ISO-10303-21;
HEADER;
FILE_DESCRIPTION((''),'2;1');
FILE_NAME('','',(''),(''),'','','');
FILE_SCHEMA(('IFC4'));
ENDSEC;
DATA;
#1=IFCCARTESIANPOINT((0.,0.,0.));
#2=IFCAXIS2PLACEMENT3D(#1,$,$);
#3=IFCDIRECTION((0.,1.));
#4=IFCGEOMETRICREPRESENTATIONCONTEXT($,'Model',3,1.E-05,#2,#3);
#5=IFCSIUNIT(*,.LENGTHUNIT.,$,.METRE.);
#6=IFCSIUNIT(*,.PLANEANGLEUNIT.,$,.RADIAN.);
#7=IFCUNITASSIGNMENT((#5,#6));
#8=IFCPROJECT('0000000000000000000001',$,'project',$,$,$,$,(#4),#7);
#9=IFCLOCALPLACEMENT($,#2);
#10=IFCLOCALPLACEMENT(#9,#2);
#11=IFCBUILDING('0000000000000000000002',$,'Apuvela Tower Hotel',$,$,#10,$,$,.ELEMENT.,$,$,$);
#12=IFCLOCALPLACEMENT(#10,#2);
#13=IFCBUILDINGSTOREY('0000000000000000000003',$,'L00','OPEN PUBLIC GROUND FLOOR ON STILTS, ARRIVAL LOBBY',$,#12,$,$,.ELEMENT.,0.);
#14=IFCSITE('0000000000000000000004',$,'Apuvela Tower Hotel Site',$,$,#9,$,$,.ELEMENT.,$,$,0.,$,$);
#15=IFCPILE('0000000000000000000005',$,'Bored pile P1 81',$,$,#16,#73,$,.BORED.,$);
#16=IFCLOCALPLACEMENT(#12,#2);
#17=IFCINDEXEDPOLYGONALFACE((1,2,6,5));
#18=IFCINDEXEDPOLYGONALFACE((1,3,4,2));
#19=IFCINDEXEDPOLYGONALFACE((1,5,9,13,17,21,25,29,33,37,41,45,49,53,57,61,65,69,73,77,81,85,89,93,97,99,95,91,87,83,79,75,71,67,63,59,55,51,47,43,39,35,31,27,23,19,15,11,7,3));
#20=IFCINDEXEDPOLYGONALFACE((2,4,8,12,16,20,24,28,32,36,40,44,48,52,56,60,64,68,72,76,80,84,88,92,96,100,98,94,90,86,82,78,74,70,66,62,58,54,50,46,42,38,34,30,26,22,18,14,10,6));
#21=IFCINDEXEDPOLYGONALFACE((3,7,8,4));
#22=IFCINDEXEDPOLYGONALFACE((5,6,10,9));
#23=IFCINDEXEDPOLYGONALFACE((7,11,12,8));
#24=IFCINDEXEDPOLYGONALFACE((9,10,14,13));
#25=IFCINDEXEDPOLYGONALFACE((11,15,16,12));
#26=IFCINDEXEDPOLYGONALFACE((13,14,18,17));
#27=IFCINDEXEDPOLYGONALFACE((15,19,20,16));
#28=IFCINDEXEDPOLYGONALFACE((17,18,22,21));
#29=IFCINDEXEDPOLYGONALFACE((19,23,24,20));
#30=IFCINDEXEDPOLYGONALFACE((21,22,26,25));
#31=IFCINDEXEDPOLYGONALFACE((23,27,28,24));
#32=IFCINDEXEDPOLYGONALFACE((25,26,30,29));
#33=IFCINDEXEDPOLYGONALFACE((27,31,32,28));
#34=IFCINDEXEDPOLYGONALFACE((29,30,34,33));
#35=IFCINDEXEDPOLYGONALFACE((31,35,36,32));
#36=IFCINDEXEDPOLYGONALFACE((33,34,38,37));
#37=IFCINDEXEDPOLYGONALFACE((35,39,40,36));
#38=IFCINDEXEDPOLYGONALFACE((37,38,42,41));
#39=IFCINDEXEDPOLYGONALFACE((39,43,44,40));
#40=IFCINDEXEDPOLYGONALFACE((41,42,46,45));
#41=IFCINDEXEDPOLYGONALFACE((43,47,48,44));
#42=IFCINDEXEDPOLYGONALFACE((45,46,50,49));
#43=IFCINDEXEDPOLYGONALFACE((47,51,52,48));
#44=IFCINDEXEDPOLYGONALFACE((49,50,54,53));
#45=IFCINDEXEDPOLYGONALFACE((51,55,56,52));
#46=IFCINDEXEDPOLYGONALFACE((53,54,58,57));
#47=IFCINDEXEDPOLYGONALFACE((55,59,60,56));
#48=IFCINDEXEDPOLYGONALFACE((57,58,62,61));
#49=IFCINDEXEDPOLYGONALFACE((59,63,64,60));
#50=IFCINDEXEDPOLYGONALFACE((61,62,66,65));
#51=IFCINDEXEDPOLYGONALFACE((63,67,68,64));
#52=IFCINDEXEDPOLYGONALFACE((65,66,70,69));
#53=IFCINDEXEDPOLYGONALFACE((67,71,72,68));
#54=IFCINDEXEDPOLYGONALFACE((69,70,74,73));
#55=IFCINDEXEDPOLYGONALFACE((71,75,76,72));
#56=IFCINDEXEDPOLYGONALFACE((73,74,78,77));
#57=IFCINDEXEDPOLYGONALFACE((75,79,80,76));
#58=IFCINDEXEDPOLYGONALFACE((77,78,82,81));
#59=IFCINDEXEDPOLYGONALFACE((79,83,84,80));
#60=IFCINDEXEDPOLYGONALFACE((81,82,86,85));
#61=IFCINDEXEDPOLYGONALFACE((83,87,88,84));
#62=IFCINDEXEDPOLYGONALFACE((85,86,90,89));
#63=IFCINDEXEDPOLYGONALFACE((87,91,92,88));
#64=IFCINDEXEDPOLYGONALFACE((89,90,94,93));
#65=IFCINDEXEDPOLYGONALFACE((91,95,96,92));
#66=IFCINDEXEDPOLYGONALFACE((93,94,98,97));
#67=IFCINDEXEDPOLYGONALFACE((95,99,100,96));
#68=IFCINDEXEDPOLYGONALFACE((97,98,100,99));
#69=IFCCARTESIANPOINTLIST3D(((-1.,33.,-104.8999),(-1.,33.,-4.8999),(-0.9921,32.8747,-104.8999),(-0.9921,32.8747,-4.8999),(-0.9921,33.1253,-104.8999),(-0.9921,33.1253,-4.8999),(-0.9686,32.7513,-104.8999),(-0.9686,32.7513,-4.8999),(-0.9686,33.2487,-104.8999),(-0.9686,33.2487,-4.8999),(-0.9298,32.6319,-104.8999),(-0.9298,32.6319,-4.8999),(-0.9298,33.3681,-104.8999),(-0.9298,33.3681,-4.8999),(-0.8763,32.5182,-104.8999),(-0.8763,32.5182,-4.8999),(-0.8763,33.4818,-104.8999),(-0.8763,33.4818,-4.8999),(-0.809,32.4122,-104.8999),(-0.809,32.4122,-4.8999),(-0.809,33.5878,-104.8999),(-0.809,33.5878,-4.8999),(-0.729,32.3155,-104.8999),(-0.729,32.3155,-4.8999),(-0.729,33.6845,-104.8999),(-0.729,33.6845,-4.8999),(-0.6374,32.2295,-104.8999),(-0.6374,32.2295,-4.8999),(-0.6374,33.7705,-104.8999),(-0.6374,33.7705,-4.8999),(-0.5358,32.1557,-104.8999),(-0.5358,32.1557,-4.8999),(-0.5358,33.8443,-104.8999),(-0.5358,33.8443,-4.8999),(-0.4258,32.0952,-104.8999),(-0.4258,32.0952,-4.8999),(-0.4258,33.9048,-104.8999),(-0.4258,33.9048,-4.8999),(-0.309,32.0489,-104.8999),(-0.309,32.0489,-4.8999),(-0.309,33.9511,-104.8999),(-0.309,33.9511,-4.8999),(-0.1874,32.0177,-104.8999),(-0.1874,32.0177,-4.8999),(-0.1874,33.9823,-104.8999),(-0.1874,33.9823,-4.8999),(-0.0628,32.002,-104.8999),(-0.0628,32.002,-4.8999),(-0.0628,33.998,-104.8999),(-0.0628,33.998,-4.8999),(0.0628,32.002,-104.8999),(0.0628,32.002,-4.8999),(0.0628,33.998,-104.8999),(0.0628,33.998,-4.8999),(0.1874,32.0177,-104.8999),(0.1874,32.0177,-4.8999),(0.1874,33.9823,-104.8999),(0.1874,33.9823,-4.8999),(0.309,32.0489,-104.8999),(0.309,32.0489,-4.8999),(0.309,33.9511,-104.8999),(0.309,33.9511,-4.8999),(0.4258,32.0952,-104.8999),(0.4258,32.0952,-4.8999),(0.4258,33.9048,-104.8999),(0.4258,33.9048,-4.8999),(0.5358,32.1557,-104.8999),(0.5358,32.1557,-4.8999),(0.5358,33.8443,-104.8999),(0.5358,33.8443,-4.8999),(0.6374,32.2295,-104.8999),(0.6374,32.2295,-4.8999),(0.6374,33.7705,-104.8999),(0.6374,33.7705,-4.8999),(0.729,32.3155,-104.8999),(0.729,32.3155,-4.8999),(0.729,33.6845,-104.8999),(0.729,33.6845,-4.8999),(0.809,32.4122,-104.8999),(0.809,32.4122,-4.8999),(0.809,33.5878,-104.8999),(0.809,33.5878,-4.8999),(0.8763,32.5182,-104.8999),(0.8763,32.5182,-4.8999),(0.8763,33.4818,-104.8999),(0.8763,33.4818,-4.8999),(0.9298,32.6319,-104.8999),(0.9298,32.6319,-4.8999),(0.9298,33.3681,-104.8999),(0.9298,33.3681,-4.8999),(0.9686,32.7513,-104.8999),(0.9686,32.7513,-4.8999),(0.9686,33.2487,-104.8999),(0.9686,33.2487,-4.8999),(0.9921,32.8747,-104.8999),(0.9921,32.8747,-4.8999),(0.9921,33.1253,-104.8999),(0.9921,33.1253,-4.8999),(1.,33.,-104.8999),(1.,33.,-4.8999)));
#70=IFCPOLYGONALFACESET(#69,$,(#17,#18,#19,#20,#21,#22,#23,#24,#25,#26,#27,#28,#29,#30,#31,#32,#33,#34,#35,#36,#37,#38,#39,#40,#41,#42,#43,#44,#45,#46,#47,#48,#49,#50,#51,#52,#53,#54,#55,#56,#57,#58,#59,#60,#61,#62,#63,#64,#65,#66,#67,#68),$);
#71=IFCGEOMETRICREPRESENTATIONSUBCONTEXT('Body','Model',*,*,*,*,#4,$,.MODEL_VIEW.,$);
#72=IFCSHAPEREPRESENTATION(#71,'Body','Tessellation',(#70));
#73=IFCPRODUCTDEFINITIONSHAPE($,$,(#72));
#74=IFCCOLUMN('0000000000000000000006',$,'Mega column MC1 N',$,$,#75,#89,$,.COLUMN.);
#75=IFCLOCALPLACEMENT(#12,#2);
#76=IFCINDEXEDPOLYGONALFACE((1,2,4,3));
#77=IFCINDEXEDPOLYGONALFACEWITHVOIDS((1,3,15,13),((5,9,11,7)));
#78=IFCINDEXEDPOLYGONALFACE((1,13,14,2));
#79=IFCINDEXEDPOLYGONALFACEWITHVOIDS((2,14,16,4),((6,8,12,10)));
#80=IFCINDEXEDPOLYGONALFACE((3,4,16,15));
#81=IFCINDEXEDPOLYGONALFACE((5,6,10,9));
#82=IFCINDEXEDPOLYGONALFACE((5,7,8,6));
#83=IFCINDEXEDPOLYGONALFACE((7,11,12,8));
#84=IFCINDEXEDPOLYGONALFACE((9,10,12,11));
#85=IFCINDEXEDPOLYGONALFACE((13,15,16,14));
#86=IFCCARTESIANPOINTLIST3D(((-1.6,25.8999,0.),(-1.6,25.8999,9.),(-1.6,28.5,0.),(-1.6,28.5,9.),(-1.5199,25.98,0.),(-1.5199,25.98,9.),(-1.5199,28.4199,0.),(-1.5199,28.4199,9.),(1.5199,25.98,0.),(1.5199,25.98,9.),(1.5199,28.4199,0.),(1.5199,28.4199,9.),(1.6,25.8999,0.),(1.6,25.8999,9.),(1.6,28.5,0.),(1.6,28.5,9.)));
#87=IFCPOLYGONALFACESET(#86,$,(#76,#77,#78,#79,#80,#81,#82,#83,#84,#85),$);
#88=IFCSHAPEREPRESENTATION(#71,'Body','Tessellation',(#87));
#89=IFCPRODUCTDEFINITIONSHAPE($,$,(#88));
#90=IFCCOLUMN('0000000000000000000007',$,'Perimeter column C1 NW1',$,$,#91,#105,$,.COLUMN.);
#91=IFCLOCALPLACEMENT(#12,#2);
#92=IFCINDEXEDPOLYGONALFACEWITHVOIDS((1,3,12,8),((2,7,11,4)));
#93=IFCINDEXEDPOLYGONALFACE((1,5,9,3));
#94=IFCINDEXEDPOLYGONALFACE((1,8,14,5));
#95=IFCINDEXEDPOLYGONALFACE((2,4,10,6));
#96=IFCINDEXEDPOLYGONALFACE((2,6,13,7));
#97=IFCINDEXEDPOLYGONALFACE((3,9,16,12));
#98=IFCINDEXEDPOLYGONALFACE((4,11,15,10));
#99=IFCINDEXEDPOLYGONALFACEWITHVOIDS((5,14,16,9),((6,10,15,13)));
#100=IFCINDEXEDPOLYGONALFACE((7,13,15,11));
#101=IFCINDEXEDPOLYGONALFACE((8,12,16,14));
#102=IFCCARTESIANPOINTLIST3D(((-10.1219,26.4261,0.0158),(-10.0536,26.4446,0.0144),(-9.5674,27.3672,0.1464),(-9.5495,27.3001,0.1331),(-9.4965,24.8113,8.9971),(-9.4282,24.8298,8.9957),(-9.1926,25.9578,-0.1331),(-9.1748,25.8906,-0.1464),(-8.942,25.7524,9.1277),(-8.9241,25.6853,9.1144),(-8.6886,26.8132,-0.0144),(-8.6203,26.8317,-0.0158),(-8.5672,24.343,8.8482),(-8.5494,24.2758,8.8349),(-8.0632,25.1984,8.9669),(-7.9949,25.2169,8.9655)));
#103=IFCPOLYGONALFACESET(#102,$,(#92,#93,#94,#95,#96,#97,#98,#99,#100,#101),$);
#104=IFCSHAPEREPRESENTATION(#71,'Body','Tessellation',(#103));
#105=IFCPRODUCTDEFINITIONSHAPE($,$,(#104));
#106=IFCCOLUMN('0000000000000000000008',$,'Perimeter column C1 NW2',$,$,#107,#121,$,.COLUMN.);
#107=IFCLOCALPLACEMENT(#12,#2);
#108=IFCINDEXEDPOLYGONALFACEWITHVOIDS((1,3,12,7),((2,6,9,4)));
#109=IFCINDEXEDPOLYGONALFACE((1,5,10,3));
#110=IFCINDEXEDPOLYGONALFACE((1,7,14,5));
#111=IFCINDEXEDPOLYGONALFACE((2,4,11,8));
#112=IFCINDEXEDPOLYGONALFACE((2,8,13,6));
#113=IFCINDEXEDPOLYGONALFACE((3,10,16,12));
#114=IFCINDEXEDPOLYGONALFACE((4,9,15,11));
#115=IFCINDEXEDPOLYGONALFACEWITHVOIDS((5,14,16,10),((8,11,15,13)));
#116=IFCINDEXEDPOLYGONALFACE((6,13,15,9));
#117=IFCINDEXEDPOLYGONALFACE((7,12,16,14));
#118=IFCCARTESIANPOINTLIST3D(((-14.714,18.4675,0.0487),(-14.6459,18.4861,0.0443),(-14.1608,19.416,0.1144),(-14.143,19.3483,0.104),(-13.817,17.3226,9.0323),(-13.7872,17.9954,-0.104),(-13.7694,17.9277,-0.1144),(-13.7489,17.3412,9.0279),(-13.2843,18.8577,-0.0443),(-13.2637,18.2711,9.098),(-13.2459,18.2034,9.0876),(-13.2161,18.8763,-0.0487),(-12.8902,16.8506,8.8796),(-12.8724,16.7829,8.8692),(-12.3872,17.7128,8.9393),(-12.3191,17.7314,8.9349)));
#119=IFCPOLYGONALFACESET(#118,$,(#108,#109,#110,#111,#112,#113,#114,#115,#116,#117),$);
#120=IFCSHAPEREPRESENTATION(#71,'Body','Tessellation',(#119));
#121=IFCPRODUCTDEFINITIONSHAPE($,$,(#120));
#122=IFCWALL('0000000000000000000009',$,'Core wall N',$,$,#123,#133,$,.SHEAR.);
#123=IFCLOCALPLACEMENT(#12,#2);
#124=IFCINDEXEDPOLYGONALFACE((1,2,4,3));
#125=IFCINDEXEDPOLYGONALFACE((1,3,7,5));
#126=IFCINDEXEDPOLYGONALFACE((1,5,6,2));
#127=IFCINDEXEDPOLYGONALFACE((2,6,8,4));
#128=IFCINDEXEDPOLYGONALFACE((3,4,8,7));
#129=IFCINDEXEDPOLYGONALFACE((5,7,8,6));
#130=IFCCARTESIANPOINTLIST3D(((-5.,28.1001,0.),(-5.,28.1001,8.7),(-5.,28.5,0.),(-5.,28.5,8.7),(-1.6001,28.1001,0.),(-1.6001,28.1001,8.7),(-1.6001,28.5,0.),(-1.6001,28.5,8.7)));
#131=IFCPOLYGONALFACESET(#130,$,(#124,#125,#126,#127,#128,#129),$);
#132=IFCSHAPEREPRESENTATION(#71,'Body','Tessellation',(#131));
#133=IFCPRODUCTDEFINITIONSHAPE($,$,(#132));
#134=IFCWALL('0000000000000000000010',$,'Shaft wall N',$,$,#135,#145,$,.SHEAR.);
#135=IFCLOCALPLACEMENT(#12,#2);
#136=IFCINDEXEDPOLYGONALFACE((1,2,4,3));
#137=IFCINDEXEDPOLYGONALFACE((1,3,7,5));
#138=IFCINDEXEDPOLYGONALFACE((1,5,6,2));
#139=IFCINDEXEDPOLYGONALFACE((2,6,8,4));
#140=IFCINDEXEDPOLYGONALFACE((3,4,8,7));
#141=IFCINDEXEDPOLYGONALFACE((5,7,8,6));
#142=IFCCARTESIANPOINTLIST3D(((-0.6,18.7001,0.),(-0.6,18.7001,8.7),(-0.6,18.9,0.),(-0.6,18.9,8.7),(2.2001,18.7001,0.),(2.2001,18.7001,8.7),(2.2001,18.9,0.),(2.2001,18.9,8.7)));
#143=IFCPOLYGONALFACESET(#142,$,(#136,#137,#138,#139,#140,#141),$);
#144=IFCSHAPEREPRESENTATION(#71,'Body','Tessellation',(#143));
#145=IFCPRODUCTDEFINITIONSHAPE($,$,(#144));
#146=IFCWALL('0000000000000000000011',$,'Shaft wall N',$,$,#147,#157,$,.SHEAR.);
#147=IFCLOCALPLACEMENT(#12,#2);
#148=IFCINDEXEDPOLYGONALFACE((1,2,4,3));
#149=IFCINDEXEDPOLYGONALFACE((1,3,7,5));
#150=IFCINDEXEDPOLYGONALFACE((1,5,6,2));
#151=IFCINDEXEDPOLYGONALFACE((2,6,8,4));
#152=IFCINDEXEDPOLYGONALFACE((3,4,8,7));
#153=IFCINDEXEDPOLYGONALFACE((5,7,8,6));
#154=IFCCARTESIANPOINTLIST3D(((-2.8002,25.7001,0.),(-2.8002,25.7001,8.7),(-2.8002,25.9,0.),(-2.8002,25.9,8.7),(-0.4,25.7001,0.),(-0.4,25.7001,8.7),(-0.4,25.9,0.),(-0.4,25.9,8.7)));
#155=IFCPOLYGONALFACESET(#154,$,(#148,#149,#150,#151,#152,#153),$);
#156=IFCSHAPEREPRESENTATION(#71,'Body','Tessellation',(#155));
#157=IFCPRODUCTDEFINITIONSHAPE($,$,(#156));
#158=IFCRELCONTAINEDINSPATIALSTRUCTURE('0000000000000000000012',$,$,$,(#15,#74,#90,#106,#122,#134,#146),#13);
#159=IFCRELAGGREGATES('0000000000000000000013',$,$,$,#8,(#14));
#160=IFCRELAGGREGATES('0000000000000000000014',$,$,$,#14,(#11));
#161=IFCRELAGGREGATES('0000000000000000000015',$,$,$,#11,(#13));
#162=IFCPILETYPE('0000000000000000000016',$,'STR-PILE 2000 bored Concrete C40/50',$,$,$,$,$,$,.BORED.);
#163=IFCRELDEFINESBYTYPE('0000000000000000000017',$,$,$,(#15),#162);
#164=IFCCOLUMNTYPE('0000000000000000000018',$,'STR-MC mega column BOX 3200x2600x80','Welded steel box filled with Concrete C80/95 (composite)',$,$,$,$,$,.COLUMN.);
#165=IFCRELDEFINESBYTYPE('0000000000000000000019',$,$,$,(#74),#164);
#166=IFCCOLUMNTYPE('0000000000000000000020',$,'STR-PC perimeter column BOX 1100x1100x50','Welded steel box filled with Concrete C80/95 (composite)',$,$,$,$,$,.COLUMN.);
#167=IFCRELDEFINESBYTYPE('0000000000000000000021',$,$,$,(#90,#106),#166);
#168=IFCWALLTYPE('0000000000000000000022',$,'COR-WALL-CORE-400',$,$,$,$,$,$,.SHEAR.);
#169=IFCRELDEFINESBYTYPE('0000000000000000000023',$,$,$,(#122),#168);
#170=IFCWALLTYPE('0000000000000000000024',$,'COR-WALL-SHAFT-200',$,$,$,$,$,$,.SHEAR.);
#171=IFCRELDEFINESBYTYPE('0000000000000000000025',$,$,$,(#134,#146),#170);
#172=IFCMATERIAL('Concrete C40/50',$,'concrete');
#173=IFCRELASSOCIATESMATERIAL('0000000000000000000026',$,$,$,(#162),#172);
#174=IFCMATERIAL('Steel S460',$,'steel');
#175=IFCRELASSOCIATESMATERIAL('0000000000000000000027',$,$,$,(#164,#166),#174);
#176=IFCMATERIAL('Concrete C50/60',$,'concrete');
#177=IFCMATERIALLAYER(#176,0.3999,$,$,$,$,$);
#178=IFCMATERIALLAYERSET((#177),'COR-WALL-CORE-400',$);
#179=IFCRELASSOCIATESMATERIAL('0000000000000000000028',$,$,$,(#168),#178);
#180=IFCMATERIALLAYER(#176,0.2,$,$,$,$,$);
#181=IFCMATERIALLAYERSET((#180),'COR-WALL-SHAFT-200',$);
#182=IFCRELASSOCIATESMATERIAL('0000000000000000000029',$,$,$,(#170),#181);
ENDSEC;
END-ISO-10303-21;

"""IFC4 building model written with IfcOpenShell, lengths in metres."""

from ifc_helpers import new_model, si_unit, direction, frame, frame_2d, origin, origin_2d, place, context, subcontext, project, spatial, rectangle, hollow_rectangle, circle, extrude, boolean, halfspace, material, layer, layer_set, material_profile, profile_set, type_object, element, save


model = new_model("IFC4")

# Units and contexts
model_context = context("Model", 3, precision=1e-05, world=origin(), true_north=direction((0.0, 1.0)))
body_context = subcontext(model_context, "Body", "Model", "MODEL_VIEW")
ifc_project = project(units=[si_unit("LENGTHUNIT", "METRE"), si_unit("PLANEANGLEUNIT", "RADIAN")], contexts=[model_context])

# Site, building, storey
site_placement = place(None, origin())
site = spatial("IfcSite", under=ifc_project, at=site_placement, Name="Apuvela Tower Hotel Site", CompositionType="ELEMENT", RefElevation=0.0)
building_placement = place(site_placement, origin())
building = spatial("IfcBuilding", under=site, at=building_placement, Name="Apuvela Tower Hotel", CompositionType="ELEMENT")
storey_placement = place(building_placement, origin())
storey = spatial("IfcBuildingStorey", under=building, at=storey_placement, Name="L00", Description="OPEN PUBLIC GROUND FLOOR ON STILTS, ARRIVAL LOBBY", CompositionType="ELEMENT", Elevation=0.0)

# Pile
ifc_material_1 = material(Name="Concrete C40/50", Category="concrete")
ifc_material_profile_1 = material_profile(ifc_material_1, circle(Radius=1.0, at=origin_2d()), Name="PILE 2000")
ifc_profile_set_1 = profile_set([ifc_material_profile_1], Name="Concrete C40/50")
pile_type = type_object("IfcPileType", Name="STR-PILE 2000 bored Concrete C40/50", PredefinedType="BORED", material=ifc_profile_set_1)
for number, where, z_axis, x_axis, name in (
    (1, (0.0, 33.0, -4.8999), (0.0, 0.0, -1.0), (1.0, 0.0, 0.0), "Bored pile P1 81"),
):
    element("IfcPile", number, at=place(storey_placement, frame(where, z_axis=z_axis, x_axis=x_axis)), inside=storey, type_object=pile_type, Name=name, PredefinedType="BORED", context=body_context, shape_type="SweptSolid", body=[
        extrude(circle(Radius=1.0, at=origin_2d()), origin(), (0.0, 0.0, 1.0), 100.0),
    ])

# Columns
ifc_material_2 = material(Name="Steel S460", Category="steel")
ifc_material_profile_2 = material_profile(ifc_material_2, hollow_rectangle(XDim=3.2, YDim=2.6001, WallThickness=0.0801, at=origin_2d()), Name="BOX 3200x2600x80")
ifc_material_3 = material(Name="Concrete C80/95", Category="concrete")
ifc_material_profile_3 = material_profile(ifc_material_3, rectangle(XDim=3.04, YDim=2.4399, at=origin_2d()), Name="Concrete C80/95 infill")
ifc_profile_set_2 = profile_set([ifc_material_profile_2, ifc_material_profile_3], Name="Steel S460")
column_type_1 = type_object("IfcColumnType", Name="STR-MC mega column BOX 3200x2600x80", Description="Welded steel box filled with Concrete C80/95 (composite)", PredefinedType="COLUMN", material=ifc_profile_set_2)
column_1_placement = place(storey_placement, frame((0.0, 27.2, 0.0), z_axis=(0.0, 0.0, 1.0), x_axis=(1.0, 0.0, 0.0)))
element("IfcColumn", 2, at=column_1_placement, inside=storey, type_object=column_type_1, Name="Mega column MC1 N", PredefinedType="COLUMN", context=body_context, shape_type="SweptSolid", body=[
    extrude(hollow_rectangle(XDim=3.2, YDim=2.6001, WallThickness=0.0801, at=origin_2d()), origin(), (0.0, 0.0, 1.0), 9.0),
])
ifc_material_profile_4 = material_profile(ifc_material_2, hollow_rectangle(XDim=1.1001, YDim=1.1001, WallThickness=0.05, at=origin_2d()), Name="BOX 1100x1100x50")
ifc_material_profile_5 = material_profile(ifc_material_3, rectangle(XDim=1.0, YDim=1.0, at=origin_2d()), Name="Concrete C80/95 infill")
ifc_profile_set_3 = profile_set([ifc_material_profile_4, ifc_material_profile_5], Name="Steel S460")
column_type_2 = type_object("IfcColumnType", Name="STR-PC perimeter column BOX 1100x1100x50", Description="Welded steel box filled with Concrete C80/95 (composite)", PredefinedType="COLUMN", material=ifc_profile_set_3)
column_2_placement = place(storey_placement, frame((-9.3711, 26.6289, 0.0), z_axis=(0.068375, -0.176544, 0.981915), x_axis=(0.504062, 0.85547, 0.11871)))
element("IfcColumn", 3, at=column_2_placement, inside=storey, type_object=column_type_2, Name="Perimeter column C1 NW1", PredefinedType="COLUMN", context=body_context, shape_type="SweptSolid", body=[
    boolean("DIFFERENCE", extrude(hollow_rectangle(XDim=1.1001, YDim=1.1001, WallThickness=0.05, at=origin_2d()), origin(), (0.0, 0.0, 1.0), 9.1658), halfspace(frame((0.0, 0.0, 9.1467), z_axis=(0.0, 0.0, 1.0), x_axis=(1.0, 0.0, 0.0)), False)),
])
column_3_placement = place(storey_placement, frame((-13.9651, 18.6719, 0.0), z_axis=(0.09857, -0.125803, 0.987146), x_axis=(0.502951, 0.862253, 0.059665)))
element("IfcColumn", 4, at=column_3_placement, inside=storey, type_object=column_type_2, Name="Perimeter column C1 NW2", PredefinedType="COLUMN", context=body_context, shape_type="SweptSolid", body=[
    boolean("DIFFERENCE", extrude(hollow_rectangle(XDim=1.1001, YDim=1.1001, WallThickness=0.05, at=origin_2d()), origin(), (0.0, 0.0, 1.0), 9.1172), halfspace(frame((0.0, 0.0, 9.1006), z_axis=(0.0, 0.0, 1.0), x_axis=(1.0, 0.0, 0.0)), False)),
])

# Walls
ifc_material_4 = material(Name="Concrete C50/60", Category="concrete")
ifc_layer_1 = layer(ifc_material_4, 0.3999)
ifc_layer_set_1 = layer_set([ifc_layer_1], Name="COR-WALL-CORE-400")
wall_type_1 = type_object("IfcWallType", Name="COR-WALL-CORE-400", PredefinedType="SHEAR", material=ifc_layer_set_1)
wall_1_placement = place(storey_placement, frame((-1.6001, 28.3, 0.0), z_axis=(0.0, 0.0, 1.0), x_axis=(-1.0, 0.0, 0.0)))
element("IfcWall", 5, at=wall_1_placement, inside=storey, type_object=wall_type_1, Name="Core wall N", PredefinedType="SHEAR", context=body_context, shape_type="SweptSolid", body=[
    extrude(rectangle(XDim=3.3999, YDim=0.3999, at=frame_2d((1.7, 0.0))), origin(), (0.0, 0.0, 1.0), 8.7),
])
ifc_layer_2 = layer(ifc_material_4, 0.2)
ifc_layer_set_2 = layer_set([ifc_layer_2], Name="COR-WALL-SHAFT-200")
wall_type_2 = type_object("IfcWallType", Name="COR-WALL-SHAFT-200", PredefinedType="SHEAR", material=ifc_layer_set_2)
wall_2_placement = place(storey_placement, frame((2.2, 18.8, 0.0), z_axis=(0.0, 0.0, 1.0), x_axis=(-1.0, 0.0, 0.0)))
element("IfcWall", 6, at=wall_2_placement, inside=storey, type_object=wall_type_2, Name="Shaft wall N", PredefinedType="SHEAR", context=body_context, shape_type="SweptSolid", body=[
    extrude(rectangle(XDim=2.8, YDim=0.2, at=frame_2d((1.3999, 0.0))), origin(), (0.0, 0.0, 1.0), 8.7),
])
wall_3_placement = place(storey_placement, frame((-0.3999, 25.8, 0.0), z_axis=(0.0, 0.0, 1.0), x_axis=(-1.0, 0.0, 0.0)))
element("IfcWall", 7, at=wall_3_placement, inside=storey, type_object=wall_type_2, Name="Shaft wall N", PredefinedType="SHEAR", context=body_context, shape_type="SweptSolid", body=[
    extrude(rectangle(XDim=2.4001, YDim=0.2, at=frame_2d((1.2002, 0.0))), origin(), (0.0, 0.0, 1.0), 8.7),
])

save(model, "model.ifc")
